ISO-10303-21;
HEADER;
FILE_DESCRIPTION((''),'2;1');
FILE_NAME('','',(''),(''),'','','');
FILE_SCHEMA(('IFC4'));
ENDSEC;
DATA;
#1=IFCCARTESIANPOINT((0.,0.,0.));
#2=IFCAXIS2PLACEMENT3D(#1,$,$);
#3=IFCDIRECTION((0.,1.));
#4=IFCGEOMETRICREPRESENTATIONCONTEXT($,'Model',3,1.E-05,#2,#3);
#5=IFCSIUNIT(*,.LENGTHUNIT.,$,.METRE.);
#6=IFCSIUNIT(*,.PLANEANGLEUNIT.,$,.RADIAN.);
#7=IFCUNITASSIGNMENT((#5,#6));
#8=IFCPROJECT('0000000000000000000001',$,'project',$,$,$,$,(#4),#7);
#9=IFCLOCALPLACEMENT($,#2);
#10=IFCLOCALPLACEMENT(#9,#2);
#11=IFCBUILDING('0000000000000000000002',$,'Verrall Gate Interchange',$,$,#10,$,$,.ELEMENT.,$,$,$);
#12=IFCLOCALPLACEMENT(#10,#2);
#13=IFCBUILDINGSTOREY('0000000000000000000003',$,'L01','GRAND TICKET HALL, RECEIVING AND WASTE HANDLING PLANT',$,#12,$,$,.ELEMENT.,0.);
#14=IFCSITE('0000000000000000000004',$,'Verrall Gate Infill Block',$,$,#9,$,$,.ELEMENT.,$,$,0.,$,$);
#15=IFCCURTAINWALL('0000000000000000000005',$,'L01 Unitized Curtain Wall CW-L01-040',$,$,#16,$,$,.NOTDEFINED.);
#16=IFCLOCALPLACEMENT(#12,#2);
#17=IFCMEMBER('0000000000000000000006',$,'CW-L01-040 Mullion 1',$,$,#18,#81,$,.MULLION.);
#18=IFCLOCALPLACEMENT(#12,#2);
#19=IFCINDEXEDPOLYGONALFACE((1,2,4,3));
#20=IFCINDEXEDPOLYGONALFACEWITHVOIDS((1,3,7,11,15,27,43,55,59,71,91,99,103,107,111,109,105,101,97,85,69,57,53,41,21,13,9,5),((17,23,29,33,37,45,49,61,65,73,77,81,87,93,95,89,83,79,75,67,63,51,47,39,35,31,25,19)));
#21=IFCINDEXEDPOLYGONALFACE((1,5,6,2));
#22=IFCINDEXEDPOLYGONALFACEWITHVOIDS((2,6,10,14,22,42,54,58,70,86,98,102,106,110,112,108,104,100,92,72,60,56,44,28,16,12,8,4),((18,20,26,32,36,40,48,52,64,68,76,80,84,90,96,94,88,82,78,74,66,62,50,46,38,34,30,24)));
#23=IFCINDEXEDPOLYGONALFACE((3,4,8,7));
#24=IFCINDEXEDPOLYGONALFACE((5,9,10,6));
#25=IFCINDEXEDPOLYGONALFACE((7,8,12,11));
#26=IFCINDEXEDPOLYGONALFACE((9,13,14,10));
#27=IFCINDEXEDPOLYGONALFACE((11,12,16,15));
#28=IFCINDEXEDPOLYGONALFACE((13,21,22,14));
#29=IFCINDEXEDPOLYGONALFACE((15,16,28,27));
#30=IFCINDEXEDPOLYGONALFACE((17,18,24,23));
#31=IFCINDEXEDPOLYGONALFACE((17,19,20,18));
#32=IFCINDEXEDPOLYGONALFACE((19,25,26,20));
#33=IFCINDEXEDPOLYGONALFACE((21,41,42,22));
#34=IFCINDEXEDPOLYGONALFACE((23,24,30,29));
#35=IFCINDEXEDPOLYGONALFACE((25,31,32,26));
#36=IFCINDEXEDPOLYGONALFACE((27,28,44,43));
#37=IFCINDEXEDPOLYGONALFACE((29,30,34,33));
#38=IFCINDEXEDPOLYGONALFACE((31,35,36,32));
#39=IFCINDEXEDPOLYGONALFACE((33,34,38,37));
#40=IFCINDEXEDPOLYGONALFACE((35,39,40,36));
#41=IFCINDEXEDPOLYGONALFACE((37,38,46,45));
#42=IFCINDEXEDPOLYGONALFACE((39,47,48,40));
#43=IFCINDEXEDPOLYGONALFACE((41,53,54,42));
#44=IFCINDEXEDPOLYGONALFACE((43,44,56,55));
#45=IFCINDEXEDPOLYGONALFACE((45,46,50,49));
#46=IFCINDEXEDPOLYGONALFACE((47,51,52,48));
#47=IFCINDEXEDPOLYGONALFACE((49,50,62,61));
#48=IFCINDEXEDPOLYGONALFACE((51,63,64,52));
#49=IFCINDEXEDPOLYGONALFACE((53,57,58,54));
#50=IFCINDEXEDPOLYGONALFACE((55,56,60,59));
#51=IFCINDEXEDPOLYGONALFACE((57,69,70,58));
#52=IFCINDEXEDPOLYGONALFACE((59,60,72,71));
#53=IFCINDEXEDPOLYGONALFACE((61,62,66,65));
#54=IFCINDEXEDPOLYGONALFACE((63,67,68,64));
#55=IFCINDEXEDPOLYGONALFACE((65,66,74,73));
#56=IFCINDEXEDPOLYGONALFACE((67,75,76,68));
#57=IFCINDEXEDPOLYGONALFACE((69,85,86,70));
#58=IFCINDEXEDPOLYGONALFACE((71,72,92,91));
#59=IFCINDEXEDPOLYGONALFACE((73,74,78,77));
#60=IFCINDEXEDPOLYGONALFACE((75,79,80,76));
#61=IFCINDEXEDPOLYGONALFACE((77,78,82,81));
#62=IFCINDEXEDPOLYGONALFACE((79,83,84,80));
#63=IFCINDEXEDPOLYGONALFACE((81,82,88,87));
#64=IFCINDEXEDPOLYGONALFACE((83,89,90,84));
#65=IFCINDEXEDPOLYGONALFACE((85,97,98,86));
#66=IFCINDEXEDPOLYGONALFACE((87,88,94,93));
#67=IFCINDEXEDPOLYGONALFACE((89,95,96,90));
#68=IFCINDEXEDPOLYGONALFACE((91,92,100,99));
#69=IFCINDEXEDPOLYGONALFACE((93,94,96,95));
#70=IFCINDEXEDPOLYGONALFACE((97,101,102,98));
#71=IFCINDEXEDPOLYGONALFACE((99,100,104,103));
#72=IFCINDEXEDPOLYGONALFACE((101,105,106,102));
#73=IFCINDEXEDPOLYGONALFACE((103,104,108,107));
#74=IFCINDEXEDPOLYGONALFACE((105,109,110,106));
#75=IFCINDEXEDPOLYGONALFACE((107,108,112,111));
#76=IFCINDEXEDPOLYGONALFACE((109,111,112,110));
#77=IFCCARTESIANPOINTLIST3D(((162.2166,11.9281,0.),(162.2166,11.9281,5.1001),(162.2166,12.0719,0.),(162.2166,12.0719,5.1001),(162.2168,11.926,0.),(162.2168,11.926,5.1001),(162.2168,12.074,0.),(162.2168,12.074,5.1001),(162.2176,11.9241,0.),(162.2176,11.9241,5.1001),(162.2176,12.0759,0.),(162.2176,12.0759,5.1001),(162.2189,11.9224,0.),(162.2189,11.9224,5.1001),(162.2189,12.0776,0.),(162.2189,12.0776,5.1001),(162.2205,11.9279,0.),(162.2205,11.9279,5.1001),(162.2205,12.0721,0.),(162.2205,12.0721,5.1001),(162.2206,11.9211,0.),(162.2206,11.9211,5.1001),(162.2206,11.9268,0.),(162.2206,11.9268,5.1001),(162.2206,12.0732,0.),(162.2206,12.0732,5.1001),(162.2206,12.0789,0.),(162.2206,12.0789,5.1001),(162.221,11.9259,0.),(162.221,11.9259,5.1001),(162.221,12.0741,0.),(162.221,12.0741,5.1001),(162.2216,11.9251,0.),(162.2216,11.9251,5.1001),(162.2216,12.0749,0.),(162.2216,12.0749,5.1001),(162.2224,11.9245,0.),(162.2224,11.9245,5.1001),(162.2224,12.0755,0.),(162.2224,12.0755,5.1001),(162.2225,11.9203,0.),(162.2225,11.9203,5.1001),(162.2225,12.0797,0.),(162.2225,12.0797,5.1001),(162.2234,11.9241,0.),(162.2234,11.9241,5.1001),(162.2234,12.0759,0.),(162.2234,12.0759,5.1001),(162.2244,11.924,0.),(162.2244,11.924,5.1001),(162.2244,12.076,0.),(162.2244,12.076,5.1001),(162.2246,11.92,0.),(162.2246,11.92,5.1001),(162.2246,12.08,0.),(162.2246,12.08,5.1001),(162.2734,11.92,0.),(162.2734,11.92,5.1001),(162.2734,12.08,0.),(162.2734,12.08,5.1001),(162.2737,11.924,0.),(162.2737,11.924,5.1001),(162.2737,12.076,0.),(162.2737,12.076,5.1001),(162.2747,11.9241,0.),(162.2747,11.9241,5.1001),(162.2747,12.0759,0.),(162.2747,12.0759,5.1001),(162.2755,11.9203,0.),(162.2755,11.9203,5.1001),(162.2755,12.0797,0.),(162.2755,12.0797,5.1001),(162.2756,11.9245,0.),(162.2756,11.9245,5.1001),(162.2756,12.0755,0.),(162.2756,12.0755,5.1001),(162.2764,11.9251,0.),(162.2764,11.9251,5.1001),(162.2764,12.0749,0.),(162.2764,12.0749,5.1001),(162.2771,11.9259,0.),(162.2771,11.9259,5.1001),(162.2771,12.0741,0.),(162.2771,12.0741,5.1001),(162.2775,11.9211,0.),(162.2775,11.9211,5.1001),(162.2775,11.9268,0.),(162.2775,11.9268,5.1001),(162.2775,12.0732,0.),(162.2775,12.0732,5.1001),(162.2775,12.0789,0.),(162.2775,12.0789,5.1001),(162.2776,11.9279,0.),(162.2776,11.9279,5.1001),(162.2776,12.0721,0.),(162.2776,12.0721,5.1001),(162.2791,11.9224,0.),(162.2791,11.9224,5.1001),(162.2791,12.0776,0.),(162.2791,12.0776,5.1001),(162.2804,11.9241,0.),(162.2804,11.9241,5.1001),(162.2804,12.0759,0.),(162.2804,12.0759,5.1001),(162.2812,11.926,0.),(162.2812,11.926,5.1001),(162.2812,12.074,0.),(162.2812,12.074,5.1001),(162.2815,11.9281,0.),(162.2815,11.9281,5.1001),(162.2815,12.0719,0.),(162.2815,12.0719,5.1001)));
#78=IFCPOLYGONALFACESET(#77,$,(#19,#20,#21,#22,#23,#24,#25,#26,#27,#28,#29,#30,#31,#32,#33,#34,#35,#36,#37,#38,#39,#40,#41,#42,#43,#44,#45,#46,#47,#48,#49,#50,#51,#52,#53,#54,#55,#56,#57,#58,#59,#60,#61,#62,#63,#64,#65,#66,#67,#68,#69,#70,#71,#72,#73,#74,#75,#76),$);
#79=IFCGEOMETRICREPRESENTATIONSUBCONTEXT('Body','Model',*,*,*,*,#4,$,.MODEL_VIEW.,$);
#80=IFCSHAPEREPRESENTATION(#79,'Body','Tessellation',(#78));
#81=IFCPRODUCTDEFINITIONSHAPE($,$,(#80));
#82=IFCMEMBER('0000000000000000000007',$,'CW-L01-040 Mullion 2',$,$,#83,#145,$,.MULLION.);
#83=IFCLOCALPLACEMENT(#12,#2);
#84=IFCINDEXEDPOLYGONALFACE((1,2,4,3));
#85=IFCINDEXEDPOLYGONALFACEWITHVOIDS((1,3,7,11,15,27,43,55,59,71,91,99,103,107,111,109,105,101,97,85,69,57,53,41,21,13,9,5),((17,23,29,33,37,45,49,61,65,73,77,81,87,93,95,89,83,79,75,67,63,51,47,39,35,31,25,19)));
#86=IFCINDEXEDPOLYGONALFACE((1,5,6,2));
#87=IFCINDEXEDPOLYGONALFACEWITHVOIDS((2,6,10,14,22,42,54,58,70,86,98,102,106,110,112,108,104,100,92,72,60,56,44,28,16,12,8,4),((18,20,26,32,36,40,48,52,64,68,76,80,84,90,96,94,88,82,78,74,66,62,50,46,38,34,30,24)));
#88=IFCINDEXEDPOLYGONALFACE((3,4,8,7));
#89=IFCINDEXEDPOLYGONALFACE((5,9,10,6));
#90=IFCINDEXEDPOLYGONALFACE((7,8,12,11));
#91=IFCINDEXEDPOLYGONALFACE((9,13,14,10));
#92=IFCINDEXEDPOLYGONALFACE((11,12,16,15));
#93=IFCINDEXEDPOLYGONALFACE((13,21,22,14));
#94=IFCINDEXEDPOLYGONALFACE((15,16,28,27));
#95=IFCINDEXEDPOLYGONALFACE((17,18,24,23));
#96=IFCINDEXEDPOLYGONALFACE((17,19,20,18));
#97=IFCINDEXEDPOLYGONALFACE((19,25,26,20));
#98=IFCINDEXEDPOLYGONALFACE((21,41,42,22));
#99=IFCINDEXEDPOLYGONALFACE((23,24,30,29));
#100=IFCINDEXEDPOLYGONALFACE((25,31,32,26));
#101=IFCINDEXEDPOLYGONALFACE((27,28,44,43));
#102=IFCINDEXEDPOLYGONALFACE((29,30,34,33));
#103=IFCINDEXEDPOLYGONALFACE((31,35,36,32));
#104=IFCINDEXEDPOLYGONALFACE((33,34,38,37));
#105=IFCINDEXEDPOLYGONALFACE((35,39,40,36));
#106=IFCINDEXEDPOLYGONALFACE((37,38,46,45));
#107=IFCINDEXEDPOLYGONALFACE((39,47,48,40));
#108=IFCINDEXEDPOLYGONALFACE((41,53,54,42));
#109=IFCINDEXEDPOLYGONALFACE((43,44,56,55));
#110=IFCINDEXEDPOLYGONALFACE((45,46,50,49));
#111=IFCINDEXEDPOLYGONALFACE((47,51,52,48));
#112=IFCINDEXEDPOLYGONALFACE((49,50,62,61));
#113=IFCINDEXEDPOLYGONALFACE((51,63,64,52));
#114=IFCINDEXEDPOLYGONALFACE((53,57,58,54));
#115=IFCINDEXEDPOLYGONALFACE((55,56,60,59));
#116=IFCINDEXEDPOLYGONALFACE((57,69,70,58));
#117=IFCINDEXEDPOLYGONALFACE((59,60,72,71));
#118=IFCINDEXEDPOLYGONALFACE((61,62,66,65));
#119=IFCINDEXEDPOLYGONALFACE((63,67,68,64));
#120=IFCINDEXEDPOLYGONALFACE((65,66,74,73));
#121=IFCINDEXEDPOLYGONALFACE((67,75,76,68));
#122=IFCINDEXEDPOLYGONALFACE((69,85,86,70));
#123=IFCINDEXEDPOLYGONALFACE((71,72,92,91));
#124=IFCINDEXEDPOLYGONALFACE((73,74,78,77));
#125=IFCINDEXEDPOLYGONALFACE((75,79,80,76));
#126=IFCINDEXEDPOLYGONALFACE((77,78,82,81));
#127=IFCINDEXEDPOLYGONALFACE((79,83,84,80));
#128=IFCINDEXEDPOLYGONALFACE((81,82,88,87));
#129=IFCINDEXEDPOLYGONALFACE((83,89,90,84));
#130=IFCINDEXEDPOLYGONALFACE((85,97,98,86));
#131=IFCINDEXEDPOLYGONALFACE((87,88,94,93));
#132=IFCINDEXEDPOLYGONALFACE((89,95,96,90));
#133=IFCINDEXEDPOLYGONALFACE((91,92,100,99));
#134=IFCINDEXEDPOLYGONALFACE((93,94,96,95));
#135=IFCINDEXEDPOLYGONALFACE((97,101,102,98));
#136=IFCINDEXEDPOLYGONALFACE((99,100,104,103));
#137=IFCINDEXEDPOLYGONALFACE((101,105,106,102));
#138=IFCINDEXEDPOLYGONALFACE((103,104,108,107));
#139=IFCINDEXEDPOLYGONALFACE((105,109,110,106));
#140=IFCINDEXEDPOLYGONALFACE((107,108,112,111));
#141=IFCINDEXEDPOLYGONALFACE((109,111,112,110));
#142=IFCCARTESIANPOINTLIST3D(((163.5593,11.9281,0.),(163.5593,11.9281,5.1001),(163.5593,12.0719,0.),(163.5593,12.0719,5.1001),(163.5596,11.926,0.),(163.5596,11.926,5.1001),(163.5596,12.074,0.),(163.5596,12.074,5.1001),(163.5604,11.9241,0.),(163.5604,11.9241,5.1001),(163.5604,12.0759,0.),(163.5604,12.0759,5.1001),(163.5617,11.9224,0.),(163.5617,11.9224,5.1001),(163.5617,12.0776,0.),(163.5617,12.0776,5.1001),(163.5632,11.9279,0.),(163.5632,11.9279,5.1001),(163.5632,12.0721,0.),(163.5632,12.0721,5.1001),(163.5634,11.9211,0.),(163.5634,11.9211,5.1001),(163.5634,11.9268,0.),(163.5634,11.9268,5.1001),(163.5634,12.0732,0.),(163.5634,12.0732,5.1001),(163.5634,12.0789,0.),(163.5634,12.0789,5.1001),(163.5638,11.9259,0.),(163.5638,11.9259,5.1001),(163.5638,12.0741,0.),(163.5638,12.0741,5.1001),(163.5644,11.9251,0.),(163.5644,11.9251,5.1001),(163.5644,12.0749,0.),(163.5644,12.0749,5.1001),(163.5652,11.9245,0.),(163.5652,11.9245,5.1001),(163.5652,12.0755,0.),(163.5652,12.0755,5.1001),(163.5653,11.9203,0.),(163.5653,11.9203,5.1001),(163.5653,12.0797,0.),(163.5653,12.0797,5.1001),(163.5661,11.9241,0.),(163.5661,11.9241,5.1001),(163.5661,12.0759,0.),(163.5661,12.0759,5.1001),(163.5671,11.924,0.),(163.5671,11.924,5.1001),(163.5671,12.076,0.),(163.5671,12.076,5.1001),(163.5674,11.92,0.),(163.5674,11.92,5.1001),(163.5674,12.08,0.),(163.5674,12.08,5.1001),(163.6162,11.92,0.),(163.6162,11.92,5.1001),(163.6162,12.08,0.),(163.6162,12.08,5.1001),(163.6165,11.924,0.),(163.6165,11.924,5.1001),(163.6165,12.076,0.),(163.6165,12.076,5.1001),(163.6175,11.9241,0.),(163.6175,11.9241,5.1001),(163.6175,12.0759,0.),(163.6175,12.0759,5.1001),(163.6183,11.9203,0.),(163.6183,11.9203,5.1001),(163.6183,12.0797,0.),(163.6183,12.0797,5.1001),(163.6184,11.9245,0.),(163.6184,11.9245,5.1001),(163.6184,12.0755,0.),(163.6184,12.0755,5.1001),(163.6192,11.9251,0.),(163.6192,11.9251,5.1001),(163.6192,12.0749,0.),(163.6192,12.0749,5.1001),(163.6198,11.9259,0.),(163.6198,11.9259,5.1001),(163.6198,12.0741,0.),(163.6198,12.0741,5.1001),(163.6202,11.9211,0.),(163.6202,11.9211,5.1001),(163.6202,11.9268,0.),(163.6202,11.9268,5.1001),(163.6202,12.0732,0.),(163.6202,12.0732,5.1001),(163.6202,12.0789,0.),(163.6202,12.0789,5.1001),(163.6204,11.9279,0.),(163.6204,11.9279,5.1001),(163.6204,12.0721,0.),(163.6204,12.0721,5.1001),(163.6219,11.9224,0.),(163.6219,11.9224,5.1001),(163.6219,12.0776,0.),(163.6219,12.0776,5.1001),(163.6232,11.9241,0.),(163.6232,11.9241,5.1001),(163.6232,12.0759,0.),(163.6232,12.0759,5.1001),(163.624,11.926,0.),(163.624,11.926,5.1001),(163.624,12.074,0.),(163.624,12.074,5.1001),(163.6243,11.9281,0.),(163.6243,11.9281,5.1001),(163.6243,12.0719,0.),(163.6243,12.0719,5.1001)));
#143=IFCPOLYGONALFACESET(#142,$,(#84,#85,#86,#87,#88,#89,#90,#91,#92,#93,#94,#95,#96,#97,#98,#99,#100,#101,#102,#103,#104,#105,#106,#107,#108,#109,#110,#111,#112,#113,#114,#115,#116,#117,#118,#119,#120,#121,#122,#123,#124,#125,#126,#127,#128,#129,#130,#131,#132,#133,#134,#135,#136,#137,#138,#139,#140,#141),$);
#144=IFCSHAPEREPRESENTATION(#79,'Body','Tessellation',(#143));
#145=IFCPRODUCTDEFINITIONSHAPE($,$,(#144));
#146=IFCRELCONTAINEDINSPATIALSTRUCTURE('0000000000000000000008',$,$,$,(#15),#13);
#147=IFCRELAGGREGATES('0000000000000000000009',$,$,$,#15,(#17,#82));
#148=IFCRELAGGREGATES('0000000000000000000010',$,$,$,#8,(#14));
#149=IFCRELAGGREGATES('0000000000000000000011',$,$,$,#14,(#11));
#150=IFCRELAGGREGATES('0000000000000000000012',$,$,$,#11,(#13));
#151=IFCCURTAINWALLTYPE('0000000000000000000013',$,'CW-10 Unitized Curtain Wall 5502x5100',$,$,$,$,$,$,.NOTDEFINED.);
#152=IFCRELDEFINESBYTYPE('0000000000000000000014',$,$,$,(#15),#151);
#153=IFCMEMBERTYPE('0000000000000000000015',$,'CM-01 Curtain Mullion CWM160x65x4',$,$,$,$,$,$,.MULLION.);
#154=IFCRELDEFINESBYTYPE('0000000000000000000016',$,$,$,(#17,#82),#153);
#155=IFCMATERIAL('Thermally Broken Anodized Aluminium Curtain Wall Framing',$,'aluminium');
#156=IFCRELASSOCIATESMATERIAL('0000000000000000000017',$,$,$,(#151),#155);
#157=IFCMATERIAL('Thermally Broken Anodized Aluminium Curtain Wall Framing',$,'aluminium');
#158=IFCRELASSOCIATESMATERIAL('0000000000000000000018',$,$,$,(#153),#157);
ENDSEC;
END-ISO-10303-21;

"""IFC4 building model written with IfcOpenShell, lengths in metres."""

from ifc_helpers import new_model, si_unit, direction, frame, origin, origin_2d, place, context, subcontext, project, spatial, hollow_rectangle, extrude, material, material_profile, profile_set, type_object, element, aggregate, save


model = new_model("IFC4")

# Units and contexts
model_context = context("Model", 3, precision=1e-05, world=origin(), true_north=direction((0.0, 1.0)))
body_context = subcontext(model_context, "Body", "Model", "MODEL_VIEW")
ifc_project = project(units=[si_unit("LENGTHUNIT", "METRE"), si_unit("PLANEANGLEUNIT", "RADIAN")], contexts=[model_context])

# Site, building, storey
site_placement = place(None, origin())
site = spatial("IfcSite", under=ifc_project, at=site_placement, Name="Verrall Gate Infill Block", CompositionType="ELEMENT", RefElevation=0.0)
building_placement = place(site_placement, origin())
building = spatial("IfcBuilding", under=site, at=building_placement, Name="Verrall Gate Interchange", CompositionType="ELEMENT")
storey_placement = place(building_placement, origin())
storey = spatial("IfcBuildingStorey", under=building, at=storey_placement, Name="L01", Description="GRAND TICKET HALL, RECEIVING AND WASTE HANDLING PLANT", CompositionType="ELEMENT", Elevation=0.0)

# Curtain wall, members
ifc_material_1 = material(Name="Thermally Broken Anodized Aluminium Curtain Wall Framing", Category="aluminium")
curtain_wall_type_1 = type_object("IfcCurtainWallType", Name="CW-10 Unitized Curtain Wall 5502x5100", PredefinedType="NOTDEFINED", material=ifc_material_1)
curtain_wall_1_placement = place(storey_placement, origin())
curtain_wall_1 = element("IfcCurtainWall", 1, at=curtain_wall_1_placement, inside=storey, type_object=curtain_wall_type_1, Name="L01 Unitized Curtain Wall CW-L01-040", PredefinedType="NOTDEFINED")
ifc_material_2 = material(Name="Thermally Broken Anodized Aluminium Curtain Wall Framing", Category="aluminium")
ifc_material_profile_1 = material_profile(ifc_material_2, hollow_rectangle(XDim=0.0649, YDim=0.1599, WallThickness=0.0039, InnerFilletRadius=0.0039, OuterFilletRadius=0.0081, at=origin_2d()), Name="CWM160x65x4")
ifc_profile_set_1 = profile_set([ifc_material_profile_1], Name="Thermally Broken Anodized Aluminium Curtain Wall Framing")
member_type_1 = type_object("IfcMemberType", Name="CM-01 Curtain Mullion CWM160x65x4", PredefinedType="MULLION", material=ifc_profile_set_1)
member_1_placement = place(storey_placement, frame((162.249, 12.0, 0.0), z_axis=(0.0, 0.0, 1.0), x_axis=(1.0, 0.0, 0.0)))
member_1 = element("IfcMember", 2, at=member_1_placement, type_object=member_type_1, Name="CW-L01-040 Mullion 1", PredefinedType="MULLION", context=body_context, shape_type="SweptSolid", body=[
    extrude(hollow_rectangle(XDim=0.0649, YDim=0.1599, WallThickness=0.0039, InnerFilletRadius=0.0039, OuterFilletRadius=0.0081, at=origin_2d()), origin(), (0.0, 0.0, 1.0), 5.1001),
])
member_2_placement = place(storey_placement, frame((163.5918, 12.0, 0.0), z_axis=(0.0, 0.0, 1.0), x_axis=(1.0, 0.0, 0.0)))
member_2 = element("IfcMember", 3, at=member_2_placement, type_object=member_type_1, Name="CW-L01-040 Mullion 2", PredefinedType="MULLION", context=body_context, shape_type="SweptSolid", body=[
    extrude(hollow_rectangle(XDim=0.0649, YDim=0.1599, WallThickness=0.0039, InnerFilletRadius=0.0039, OuterFilletRadius=0.0081, at=origin_2d()), origin(), (0.0, 0.0, 1.0), 5.1001),
])

aggregate(curtain_wall_1, [member_1, member_2])

save(model, "model.ifc")
